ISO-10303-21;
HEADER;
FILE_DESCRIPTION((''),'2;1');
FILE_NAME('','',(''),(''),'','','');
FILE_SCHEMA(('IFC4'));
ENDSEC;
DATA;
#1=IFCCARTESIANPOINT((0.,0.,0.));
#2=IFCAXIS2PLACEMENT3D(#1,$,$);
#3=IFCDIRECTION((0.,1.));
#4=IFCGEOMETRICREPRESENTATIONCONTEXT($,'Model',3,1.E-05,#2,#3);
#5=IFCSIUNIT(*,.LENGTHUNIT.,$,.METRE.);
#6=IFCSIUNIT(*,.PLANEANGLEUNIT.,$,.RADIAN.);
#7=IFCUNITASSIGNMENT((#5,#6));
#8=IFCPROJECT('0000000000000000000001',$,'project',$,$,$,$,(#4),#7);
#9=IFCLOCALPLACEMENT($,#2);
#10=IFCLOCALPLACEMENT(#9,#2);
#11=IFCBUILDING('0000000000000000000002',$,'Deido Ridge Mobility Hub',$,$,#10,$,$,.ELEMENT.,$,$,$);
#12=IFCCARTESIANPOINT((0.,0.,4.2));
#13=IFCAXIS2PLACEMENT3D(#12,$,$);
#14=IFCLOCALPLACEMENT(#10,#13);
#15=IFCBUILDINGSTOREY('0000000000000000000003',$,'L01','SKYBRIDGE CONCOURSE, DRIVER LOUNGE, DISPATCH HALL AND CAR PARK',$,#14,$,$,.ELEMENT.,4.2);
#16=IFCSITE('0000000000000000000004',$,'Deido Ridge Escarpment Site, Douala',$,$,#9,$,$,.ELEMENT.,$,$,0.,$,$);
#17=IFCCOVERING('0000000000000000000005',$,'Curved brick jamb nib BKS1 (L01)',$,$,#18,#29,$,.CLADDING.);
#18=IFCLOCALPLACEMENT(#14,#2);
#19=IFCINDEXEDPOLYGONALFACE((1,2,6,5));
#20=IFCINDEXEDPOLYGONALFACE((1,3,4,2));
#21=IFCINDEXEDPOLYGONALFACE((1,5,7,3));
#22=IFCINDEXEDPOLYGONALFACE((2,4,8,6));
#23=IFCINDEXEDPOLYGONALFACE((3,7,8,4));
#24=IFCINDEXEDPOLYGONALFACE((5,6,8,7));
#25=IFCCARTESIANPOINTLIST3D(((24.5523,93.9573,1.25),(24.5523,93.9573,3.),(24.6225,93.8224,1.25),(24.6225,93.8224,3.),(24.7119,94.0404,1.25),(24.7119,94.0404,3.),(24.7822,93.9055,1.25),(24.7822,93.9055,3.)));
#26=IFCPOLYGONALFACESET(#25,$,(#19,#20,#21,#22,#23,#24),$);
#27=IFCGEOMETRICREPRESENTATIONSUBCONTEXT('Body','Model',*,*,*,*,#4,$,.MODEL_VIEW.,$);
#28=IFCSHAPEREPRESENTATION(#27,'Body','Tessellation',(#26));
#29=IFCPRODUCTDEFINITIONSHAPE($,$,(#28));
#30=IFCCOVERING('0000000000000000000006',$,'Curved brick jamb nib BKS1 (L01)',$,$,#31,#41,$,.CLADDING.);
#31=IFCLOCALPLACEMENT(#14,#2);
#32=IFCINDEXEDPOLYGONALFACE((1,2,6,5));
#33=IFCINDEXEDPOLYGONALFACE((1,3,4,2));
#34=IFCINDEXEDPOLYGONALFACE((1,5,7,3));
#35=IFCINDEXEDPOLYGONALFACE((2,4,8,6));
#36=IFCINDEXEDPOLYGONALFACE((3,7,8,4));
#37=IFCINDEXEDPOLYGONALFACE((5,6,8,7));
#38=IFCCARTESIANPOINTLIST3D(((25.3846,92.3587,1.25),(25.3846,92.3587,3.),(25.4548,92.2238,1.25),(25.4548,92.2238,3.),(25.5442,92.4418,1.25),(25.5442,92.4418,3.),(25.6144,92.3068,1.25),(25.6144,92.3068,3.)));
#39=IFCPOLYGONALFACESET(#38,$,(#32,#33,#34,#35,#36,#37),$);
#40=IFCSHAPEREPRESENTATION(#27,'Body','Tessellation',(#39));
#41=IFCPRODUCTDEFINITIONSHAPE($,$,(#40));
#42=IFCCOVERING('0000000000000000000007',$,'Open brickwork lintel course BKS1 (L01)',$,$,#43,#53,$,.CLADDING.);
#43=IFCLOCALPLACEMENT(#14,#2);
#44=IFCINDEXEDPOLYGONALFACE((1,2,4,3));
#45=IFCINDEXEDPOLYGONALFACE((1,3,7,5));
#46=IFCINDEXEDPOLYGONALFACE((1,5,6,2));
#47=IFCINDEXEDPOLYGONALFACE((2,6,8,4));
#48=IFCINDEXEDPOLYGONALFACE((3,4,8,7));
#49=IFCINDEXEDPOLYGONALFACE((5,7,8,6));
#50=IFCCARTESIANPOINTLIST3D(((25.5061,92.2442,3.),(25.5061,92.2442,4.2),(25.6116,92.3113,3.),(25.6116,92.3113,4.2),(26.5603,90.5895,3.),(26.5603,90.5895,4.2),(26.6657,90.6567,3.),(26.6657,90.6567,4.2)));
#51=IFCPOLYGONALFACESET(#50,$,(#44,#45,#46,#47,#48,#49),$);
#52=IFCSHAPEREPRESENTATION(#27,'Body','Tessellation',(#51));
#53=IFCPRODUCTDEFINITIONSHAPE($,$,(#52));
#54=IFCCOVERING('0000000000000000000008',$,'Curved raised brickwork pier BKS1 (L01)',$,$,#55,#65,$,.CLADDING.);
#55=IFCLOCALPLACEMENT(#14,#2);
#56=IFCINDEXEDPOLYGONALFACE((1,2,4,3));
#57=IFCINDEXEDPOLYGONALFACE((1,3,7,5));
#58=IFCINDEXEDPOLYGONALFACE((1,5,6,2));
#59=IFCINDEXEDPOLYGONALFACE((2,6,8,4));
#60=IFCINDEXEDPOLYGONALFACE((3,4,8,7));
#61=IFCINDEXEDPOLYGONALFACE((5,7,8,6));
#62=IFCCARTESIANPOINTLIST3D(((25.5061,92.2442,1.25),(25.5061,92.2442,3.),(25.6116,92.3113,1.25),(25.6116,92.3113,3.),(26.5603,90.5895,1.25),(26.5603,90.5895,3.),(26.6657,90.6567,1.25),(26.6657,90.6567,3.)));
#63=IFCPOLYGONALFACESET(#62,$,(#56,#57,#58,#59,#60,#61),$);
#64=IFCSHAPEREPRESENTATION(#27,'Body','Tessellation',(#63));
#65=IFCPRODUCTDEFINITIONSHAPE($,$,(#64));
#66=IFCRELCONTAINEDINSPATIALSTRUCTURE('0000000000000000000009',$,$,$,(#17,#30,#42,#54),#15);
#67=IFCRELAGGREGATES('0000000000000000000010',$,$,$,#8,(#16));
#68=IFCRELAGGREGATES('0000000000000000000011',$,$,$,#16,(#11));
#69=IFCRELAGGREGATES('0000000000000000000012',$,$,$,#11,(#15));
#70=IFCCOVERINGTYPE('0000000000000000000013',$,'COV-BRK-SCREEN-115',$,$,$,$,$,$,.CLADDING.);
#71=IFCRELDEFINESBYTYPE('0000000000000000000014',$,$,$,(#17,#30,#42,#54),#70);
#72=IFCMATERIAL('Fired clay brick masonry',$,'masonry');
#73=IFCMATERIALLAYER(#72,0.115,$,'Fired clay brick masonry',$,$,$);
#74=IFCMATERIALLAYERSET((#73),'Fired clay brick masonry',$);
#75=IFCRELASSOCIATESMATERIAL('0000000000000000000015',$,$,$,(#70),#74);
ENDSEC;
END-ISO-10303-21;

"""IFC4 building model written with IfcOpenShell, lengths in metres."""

from ifc_helpers import new_model, si_unit, direction, frame, origin, origin_2d, place, context, subcontext, project, spatial, rectangle, extrude, material, layer, layer_set, type_object, element, save


model = new_model("IFC4")

# Units and contexts
model_context = context("Model", 3, precision=1e-05, world=origin(), true_north=direction((0.0, 1.0)))
body_context = subcontext(model_context, "Body", "Model", "MODEL_VIEW")
ifc_project = project(units=[si_unit("LENGTHUNIT", "METRE"), si_unit("PLANEANGLEUNIT", "RADIAN")], contexts=[model_context])

# Site, building, storey
site_placement = place(None, origin())
site = spatial("IfcSite", under=ifc_project, at=site_placement, Name="Deido Ridge Escarpment Site, Douala", CompositionType="ELEMENT", RefElevation=0.0)
building_placement = place(site_placement, origin())
building = spatial("IfcBuilding", under=site, at=building_placement, Name="Deido Ridge Mobility Hub", CompositionType="ELEMENT")
storey_placement = place(building_placement, frame((0.0, 0.0, 4.2)))
storey = spatial("IfcBuildingStorey", under=building, at=storey_placement, Name="L01", Description="SKYBRIDGE CONCOURSE, DRIVER LOUNGE, DISPATCH HALL AND CAR PARK", CompositionType="ELEMENT", Elevation=4.2)

# Coverings
ifc_material_1 = material(Name="Fired clay brick masonry", Category="masonry")
ifc_layer = layer(ifc_material_1, 0.115, Name="Fired clay brick masonry")
ifc_layer_set = layer_set([ifc_layer], Name="Fired clay brick masonry")
covering_type = type_object("IfcCoveringType", Name="COV-BRK-SCREEN-115", PredefinedType="CLADDING", material=ifc_layer_set)
for number, where, z_axis, x_axis, name in (
    (1, (24.6672, 93.9314, 1.25), (0.0, 0.0, 1.0), (0.461733, -0.887019, 0.0), "Curved brick jamb nib BKS1 (L01)"),
    (2, (25.4995, 92.3328, 1.25), (0.0, 0.0, 1.0), (0.461733, -0.887019, 0.0), "Curved brick jamb nib BKS1 (L01)"),
):
    element("IfcCovering", number, at=place(storey_placement, frame(where, z_axis=z_axis, x_axis=x_axis)), inside=storey, type_object=covering_type, Name=name, PredefinedType="CLADDING", context=body_context, shape_type="SweptSolid", body=[
        extrude(rectangle(XDim=0.1521, YDim=0.1799, at=origin_2d()), origin(), (0.0, 0.0, 1.0), 1.75),
    ])
covering_1_placement = place(storey_placement, frame((26.0859, 91.4504, 3.0), z_axis=(0.0, 0.0, 1.0), x_axis=(0.537314, -0.843382, 0.0)))
element("IfcCovering", 3, at=covering_1_placement, inside=storey, type_object=covering_type, Name="Open brickwork lintel course BKS1 (L01)", PredefinedType="CLADDING", context=body_context, shape_type="SweptSolid", body=[
    extrude(rectangle(XDim=1.9619, YDim=0.125, at=origin_2d()), origin(), (0.0, 0.0, 1.0), 1.2),
])
covering_2_placement = place(storey_placement, frame((26.0859, 91.4504, 1.25), z_axis=(0.0, 0.0, 1.0), x_axis=(0.537314, -0.843382, 0.0)))
element("IfcCovering", 4, at=covering_2_placement, inside=storey, type_object=covering_type, Name="Curved raised brickwork pier BKS1 (L01)", PredefinedType="CLADDING", context=body_context, shape_type="SweptSolid", body=[
    extrude(rectangle(XDim=1.9619, YDim=0.125, at=origin_2d()), origin(), (0.0, 0.0, 1.0), 1.75),
])

save(model, "model.ifc")
